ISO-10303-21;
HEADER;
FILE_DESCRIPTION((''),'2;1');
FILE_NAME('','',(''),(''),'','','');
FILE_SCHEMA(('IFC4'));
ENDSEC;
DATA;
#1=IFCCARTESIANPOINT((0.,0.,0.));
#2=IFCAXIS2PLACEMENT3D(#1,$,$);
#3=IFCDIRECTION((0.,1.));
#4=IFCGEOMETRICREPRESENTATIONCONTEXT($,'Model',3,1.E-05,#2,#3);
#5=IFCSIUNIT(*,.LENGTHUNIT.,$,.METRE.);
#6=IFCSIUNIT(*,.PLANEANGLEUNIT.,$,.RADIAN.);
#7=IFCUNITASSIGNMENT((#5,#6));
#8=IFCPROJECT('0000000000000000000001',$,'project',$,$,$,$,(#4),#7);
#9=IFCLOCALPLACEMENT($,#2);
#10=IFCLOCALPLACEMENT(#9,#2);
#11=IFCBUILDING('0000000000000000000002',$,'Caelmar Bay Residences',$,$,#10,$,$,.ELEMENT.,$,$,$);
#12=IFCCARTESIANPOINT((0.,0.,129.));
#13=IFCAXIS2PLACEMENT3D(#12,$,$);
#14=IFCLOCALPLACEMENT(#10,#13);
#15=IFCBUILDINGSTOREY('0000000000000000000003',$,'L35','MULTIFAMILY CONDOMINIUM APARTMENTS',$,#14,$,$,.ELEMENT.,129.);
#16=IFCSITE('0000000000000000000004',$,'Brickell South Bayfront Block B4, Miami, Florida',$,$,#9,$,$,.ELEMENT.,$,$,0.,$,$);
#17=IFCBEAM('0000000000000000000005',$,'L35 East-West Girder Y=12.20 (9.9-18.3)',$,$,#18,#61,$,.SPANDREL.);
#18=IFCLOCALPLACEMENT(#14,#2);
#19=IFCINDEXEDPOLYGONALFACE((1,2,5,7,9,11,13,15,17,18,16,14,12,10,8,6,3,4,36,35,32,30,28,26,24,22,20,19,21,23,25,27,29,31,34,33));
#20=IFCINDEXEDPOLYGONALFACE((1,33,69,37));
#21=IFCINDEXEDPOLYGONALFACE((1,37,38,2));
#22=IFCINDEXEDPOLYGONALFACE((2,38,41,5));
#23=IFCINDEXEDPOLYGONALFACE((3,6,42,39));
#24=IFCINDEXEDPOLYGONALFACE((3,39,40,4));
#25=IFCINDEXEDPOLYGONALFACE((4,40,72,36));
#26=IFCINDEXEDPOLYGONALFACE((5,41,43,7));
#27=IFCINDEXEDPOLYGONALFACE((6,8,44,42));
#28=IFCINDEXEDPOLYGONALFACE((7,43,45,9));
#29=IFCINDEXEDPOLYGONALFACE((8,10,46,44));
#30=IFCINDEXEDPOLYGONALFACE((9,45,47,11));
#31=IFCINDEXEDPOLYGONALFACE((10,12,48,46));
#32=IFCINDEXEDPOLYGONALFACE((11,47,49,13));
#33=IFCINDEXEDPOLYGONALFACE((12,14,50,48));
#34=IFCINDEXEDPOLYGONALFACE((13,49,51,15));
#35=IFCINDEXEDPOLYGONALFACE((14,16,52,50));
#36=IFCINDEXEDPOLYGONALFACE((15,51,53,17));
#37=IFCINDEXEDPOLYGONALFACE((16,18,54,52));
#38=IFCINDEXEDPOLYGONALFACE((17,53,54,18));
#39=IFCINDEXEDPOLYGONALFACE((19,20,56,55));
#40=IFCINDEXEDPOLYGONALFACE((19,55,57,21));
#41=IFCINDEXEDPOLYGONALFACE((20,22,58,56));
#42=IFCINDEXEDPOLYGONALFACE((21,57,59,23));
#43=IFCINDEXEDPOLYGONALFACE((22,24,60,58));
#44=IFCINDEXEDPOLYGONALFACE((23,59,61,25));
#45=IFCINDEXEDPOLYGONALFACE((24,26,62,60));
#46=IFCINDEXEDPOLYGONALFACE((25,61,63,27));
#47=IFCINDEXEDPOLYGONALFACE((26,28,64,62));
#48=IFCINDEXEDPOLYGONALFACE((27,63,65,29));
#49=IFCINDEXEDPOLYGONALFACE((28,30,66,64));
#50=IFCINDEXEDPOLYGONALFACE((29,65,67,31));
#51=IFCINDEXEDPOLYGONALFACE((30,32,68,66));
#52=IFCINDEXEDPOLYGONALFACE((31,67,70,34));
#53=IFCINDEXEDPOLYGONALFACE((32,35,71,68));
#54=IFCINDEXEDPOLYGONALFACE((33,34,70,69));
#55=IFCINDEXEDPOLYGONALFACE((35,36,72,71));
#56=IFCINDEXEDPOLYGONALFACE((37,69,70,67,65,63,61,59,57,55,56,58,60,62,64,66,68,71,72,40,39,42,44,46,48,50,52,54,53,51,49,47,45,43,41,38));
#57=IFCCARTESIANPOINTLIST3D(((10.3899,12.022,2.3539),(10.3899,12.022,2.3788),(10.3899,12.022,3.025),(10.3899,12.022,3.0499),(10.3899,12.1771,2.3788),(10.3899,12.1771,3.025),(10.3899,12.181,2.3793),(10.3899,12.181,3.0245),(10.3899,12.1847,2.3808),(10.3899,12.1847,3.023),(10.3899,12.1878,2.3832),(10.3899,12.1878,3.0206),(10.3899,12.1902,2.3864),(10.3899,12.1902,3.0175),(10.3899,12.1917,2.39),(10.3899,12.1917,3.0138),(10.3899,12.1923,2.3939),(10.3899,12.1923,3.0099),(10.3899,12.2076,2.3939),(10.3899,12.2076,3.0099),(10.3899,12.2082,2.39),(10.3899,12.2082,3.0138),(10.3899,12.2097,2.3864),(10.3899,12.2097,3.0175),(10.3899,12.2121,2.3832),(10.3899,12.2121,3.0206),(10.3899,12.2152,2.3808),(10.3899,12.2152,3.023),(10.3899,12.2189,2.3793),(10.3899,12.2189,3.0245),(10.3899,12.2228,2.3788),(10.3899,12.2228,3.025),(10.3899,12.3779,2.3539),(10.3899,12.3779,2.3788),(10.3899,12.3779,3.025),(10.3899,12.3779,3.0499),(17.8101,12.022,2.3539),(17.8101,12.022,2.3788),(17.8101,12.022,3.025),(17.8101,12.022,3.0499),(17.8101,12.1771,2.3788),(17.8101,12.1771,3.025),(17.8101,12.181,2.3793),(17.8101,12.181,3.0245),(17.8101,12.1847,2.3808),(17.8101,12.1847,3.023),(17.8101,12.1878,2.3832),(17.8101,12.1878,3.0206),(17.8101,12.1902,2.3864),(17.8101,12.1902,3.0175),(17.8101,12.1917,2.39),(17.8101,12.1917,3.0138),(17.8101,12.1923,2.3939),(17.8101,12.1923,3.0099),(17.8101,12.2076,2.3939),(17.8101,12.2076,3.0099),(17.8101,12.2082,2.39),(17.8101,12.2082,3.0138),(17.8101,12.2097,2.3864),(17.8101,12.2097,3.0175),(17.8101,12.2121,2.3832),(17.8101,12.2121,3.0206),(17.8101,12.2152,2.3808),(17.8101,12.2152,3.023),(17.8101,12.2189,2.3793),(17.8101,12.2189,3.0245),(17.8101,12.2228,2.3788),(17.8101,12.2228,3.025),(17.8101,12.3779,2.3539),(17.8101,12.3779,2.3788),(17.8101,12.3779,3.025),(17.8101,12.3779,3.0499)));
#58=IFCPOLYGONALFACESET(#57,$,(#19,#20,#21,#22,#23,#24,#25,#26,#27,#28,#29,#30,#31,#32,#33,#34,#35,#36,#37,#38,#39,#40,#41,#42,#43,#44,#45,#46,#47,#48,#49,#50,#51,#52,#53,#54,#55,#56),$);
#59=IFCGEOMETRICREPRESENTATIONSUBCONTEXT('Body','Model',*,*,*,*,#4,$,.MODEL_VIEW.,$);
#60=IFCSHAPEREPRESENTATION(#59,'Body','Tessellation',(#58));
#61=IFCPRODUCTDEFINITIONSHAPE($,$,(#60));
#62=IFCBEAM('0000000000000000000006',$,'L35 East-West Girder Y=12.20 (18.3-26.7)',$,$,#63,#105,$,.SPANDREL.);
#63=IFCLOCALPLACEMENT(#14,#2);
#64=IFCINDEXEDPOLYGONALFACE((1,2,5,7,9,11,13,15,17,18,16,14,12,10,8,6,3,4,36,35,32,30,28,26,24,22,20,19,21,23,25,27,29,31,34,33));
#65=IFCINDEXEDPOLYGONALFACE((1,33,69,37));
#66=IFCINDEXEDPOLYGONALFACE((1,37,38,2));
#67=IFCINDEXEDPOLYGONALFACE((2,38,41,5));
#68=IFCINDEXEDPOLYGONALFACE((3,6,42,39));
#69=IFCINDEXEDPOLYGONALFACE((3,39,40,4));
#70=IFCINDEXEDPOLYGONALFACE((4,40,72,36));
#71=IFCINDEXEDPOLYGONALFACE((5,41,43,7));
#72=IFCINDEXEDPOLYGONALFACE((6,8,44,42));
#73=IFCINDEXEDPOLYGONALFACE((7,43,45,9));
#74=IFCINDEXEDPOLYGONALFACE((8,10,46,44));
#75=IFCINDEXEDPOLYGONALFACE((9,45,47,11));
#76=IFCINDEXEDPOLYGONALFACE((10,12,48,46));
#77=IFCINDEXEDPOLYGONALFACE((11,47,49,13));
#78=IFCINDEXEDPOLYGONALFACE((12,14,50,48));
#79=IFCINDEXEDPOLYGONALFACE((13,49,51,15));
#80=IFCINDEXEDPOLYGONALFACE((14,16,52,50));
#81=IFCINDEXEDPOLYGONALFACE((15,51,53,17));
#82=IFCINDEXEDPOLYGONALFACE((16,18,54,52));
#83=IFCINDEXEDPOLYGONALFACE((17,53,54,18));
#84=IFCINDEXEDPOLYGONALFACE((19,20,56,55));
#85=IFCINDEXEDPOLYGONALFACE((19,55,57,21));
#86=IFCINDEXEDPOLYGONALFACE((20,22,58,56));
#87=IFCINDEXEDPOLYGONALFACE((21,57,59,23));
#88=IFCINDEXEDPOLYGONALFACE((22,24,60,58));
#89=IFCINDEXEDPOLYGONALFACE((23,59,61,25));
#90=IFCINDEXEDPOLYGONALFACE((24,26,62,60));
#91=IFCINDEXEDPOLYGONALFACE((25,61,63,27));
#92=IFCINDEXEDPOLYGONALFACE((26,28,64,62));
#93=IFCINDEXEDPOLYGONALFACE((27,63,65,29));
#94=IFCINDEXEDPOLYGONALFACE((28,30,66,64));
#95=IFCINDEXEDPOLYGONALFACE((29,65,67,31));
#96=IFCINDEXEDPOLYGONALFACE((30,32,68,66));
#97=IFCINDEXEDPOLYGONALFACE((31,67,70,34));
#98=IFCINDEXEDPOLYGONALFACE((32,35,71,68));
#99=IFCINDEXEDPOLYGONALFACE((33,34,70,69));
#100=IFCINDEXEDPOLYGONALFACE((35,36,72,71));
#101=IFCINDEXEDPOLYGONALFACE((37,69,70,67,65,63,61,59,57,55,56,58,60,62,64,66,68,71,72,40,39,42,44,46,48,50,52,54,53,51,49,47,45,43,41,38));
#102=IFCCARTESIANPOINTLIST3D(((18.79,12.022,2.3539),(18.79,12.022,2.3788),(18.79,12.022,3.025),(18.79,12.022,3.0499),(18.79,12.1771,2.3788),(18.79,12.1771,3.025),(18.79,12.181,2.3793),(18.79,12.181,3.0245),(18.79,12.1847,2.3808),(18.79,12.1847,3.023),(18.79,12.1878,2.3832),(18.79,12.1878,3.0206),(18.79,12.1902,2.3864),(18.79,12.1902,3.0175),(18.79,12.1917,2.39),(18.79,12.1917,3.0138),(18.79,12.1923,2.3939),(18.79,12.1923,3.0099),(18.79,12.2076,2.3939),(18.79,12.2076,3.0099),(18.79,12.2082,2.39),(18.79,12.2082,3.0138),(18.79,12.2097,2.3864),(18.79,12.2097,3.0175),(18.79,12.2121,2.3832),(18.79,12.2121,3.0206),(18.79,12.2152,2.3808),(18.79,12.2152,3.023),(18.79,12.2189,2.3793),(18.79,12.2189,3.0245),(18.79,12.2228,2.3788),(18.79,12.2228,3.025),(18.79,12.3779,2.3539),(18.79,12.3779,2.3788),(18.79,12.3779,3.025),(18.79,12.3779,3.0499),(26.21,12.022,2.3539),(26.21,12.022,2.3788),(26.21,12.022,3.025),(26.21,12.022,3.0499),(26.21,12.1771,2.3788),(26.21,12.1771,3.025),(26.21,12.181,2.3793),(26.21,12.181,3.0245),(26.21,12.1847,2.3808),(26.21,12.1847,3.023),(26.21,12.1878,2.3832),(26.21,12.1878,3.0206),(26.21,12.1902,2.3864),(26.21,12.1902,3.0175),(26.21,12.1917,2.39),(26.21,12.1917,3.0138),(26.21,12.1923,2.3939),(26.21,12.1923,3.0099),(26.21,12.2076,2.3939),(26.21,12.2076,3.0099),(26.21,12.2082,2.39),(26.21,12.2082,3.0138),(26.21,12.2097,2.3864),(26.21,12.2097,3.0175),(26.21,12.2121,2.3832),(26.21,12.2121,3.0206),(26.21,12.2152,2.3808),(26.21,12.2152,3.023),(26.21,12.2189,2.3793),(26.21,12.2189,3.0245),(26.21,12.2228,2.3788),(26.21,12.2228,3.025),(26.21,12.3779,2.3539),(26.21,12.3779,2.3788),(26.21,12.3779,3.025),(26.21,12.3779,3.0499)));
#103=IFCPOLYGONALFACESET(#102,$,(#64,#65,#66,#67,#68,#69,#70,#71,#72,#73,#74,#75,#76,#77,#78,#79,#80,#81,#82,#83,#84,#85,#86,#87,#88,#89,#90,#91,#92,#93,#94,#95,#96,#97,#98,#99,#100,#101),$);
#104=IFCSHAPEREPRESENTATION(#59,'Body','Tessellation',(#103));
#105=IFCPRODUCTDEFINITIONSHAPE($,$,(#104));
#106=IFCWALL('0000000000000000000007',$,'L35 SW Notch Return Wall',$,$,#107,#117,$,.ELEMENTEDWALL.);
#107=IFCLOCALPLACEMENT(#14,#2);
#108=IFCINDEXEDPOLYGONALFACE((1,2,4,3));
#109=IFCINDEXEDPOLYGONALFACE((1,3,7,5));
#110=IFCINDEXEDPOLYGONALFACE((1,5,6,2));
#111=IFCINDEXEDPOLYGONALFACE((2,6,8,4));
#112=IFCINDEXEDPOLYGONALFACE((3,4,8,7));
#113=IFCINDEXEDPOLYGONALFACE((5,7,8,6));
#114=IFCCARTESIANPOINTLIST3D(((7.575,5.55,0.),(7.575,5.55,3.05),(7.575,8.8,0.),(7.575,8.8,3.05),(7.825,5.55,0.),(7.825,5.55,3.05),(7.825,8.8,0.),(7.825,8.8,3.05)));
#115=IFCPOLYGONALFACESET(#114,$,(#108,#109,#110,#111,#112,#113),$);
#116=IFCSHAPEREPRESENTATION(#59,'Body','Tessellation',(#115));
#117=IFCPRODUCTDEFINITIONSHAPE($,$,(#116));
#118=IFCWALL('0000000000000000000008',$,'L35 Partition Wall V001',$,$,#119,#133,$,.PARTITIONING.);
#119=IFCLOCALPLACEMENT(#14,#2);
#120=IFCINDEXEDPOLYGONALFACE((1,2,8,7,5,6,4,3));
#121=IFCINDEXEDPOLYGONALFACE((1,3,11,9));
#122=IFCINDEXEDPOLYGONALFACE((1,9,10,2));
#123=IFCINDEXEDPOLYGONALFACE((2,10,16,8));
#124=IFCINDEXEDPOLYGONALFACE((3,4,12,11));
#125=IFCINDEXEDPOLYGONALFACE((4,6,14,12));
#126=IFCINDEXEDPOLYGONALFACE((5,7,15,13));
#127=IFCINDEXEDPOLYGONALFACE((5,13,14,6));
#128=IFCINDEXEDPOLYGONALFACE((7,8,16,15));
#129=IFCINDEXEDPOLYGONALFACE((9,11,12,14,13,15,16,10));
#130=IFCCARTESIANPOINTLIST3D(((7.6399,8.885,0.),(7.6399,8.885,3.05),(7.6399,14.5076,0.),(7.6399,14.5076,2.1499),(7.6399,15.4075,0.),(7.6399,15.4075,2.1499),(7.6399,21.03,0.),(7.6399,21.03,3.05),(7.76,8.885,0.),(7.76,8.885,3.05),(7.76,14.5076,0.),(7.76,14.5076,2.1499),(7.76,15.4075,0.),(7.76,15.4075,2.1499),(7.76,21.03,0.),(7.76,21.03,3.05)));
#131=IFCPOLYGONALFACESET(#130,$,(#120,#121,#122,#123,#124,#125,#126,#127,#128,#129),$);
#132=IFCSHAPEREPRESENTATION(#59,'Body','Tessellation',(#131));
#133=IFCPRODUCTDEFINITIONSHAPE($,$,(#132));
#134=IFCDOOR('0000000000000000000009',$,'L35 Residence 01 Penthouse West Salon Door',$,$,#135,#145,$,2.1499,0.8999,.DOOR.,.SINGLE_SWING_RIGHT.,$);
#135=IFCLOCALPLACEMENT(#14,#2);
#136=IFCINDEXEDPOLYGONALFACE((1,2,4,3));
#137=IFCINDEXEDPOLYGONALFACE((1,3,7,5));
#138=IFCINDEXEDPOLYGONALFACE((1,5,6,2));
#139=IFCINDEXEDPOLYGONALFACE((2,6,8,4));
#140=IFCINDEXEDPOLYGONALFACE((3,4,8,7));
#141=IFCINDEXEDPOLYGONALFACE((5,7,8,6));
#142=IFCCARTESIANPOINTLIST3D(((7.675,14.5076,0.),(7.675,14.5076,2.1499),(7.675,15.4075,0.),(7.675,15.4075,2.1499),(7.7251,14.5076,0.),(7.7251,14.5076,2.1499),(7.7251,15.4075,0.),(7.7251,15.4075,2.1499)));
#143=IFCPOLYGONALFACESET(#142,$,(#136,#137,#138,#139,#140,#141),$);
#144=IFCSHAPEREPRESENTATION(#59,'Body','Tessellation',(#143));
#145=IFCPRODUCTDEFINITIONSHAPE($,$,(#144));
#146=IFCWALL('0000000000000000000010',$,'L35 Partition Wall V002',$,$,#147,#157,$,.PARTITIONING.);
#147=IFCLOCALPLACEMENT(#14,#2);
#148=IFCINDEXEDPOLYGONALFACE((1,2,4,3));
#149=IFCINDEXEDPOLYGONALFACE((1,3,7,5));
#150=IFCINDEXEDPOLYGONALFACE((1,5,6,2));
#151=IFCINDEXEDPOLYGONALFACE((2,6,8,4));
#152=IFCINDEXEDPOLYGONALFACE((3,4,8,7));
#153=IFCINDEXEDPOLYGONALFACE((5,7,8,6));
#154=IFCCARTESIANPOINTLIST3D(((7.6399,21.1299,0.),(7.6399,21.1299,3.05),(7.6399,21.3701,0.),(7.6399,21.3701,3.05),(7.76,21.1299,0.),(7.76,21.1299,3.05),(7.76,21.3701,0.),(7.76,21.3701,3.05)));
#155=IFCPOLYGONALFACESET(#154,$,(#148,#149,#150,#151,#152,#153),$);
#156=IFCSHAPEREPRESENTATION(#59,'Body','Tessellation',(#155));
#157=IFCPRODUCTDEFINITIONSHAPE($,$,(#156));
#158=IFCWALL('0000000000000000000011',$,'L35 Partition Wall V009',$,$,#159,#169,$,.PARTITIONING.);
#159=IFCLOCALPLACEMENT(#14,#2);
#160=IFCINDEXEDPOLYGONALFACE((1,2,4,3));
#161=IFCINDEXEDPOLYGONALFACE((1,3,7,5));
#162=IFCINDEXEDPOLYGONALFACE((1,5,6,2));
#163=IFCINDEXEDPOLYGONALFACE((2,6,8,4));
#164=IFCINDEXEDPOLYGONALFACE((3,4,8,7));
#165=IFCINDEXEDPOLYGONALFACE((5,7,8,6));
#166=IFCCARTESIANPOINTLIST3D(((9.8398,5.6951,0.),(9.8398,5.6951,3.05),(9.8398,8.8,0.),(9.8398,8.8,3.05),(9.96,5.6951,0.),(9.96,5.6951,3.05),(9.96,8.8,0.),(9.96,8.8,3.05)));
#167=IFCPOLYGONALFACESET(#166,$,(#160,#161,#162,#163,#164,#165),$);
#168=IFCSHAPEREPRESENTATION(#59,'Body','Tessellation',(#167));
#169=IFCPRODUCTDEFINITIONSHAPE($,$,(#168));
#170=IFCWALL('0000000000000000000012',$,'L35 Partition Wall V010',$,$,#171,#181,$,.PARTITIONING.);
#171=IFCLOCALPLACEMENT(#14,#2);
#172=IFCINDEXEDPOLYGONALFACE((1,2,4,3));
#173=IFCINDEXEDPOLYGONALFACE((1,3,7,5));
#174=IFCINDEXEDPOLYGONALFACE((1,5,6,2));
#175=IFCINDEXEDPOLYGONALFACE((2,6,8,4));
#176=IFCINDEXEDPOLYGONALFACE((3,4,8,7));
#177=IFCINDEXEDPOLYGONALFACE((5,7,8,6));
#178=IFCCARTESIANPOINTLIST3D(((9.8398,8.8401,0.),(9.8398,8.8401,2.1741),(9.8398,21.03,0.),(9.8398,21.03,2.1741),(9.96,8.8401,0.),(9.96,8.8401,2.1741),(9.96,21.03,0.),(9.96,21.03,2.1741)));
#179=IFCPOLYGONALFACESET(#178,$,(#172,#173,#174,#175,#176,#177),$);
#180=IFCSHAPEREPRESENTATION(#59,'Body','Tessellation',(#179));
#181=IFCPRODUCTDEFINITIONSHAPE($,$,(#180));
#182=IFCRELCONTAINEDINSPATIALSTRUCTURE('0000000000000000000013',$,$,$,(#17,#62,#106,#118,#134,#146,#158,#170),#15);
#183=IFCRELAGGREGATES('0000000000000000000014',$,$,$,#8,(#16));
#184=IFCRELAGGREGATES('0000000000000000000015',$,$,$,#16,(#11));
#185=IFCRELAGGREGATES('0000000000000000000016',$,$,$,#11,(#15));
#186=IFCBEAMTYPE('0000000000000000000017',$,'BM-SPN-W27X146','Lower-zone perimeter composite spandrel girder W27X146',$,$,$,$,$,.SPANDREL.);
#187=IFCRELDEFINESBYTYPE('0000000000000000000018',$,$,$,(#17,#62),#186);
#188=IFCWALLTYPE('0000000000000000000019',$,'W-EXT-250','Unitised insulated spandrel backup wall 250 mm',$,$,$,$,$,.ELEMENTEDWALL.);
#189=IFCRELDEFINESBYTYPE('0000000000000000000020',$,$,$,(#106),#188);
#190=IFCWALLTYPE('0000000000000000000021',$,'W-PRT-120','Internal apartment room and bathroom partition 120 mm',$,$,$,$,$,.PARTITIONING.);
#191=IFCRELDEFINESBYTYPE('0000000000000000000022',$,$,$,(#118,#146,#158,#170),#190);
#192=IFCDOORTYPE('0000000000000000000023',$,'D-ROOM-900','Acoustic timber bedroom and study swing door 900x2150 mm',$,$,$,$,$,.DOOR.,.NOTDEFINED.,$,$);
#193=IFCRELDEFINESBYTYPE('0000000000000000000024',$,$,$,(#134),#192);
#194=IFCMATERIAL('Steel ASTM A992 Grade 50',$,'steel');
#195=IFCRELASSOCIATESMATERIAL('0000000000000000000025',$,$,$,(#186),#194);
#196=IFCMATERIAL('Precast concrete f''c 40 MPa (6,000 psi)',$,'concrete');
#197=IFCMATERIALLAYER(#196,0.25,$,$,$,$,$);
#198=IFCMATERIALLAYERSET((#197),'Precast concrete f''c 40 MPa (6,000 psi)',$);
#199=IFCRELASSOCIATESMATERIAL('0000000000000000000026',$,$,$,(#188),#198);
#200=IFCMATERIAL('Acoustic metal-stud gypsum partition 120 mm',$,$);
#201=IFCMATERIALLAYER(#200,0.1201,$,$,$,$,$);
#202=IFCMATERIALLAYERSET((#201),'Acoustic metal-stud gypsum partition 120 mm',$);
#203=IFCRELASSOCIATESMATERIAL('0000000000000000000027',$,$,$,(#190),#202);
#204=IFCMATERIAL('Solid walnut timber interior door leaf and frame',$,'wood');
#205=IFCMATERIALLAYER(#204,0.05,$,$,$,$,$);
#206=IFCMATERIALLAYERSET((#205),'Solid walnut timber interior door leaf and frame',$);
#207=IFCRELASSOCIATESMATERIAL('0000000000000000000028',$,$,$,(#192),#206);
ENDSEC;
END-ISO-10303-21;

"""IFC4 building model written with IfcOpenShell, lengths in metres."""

from ifc_helpers import new_model, si_unit, direction, frame, frame_2d, origin, origin_2d, place, context, subcontext, project, spatial, rectangle, i_section, extrude, material, layer, layer_set, material_profile, profile_set, type_object, element, fill, save


model = new_model("IFC4")

# Units and contexts
model_context = context("Model", 3, precision=1e-05, world=origin(), true_north=direction((0.0, 1.0)))
body_context = subcontext(model_context, "Body", "Model", "MODEL_VIEW")
ifc_project = project(units=[si_unit("LENGTHUNIT", "METRE"), si_unit("PLANEANGLEUNIT", "RADIAN")], contexts=[model_context])

# Site, building, storey
site_placement = place(None, origin())
site = spatial("IfcSite", under=ifc_project, at=site_placement, Name="Brickell South Bayfront Block B4, Miami, Florida", CompositionType="ELEMENT", RefElevation=0.0)
building_placement = place(site_placement, origin())
building = spatial("IfcBuilding", under=site, at=building_placement, Name="Caelmar Bay Residences", CompositionType="ELEMENT")
storey_placement = place(building_placement, frame((0.0, 0.0, 129.0)))
storey = spatial("IfcBuildingStorey", under=building, at=storey_placement, Name="L35", Description="MULTIFAMILY CONDOMINIUM APARTMENTS", CompositionType="ELEMENT", Elevation=129.0)

# Beams
ifc_material_1 = material(Name="Steel ASTM A992 Grade 50", Category="steel")
ifc_material_profile_1 = material_profile(ifc_material_1, i_section(OverallWidth=0.356, OverallDepth=0.696, WebThickness=0.0154, FlangeThickness=0.0249, FilletRadius=0.0151, at=origin_2d()), Name="W27X146")
ifc_profile_set_1 = profile_set([ifc_material_profile_1], Name="Steel ASTM A992 Grade 50")
beam_type_1 = type_object("IfcBeamType", Name="BM-SPN-W27X146", Description="Lower-zone perimeter composite spandrel girder W27X146", PredefinedType="SPANDREL", material=ifc_profile_set_1)
beam_1_placement = place(storey_placement, frame((10.3899, 12.2, 2.7019), z_axis=(1.0, 0.0, 0.0), x_axis=(0.0, 1.0, 0.0)))
element("IfcBeam", 1, at=beam_1_placement, inside=storey, type_object=beam_type_1, Name="L35 East-West Girder Y=12.20 (9.9-18.3)", PredefinedType="SPANDREL", context=body_context, shape_type="SweptSolid", body=[
    extrude(i_section(OverallWidth=0.356, OverallDepth=0.696, WebThickness=0.0154, FlangeThickness=0.0249, FilletRadius=0.0151, at=origin_2d()), origin(), (0.0, 0.0, 1.0), 7.4202),
])
beam_2_placement = place(storey_placement, frame((18.79, 12.2, 2.7019), z_axis=(1.0, 0.0, 0.0), x_axis=(0.0, 1.0, 0.0)))
element("IfcBeam", 2, at=beam_2_placement, inside=storey, type_object=beam_type_1, Name="L35 East-West Girder Y=12.20 (18.3-26.7)", PredefinedType="SPANDREL", context=body_context, shape_type="SweptSolid", body=[
    extrude(i_section(OverallWidth=0.356, OverallDepth=0.696, WebThickness=0.0154, FlangeThickness=0.0249, FilletRadius=0.0151, at=origin_2d()), origin(), (0.0, 0.0, 1.0), 7.4199),
])

# Wall
ifc_material_2 = material(Name="Precast concrete f'c 40 MPa (6,000 psi)", Category="concrete")
ifc_layer_1 = layer(ifc_material_2, 0.25)
ifc_layer_set_1 = layer_set([ifc_layer_1], Name="Precast concrete f'c 40 MPa (6,000 psi)")
wall_type_1 = type_object("IfcWallType", Name="W-EXT-250", Description="Unitised insulated spandrel backup wall 250 mm", PredefinedType="ELEMENTEDWALL", material=ifc_layer_set_1)
wall_1_placement = place(storey_placement, frame((7.7, 8.8, 0.0), z_axis=(0.0, 0.0, 1.0), x_axis=(0.0, -1.0, 0.0)))
element("IfcWall", 3, at=wall_1_placement, inside=storey, type_object=wall_type_1, Name="L35 SW Notch Return Wall", PredefinedType="ELEMENTEDWALL", context=body_context, shape_type="SweptSolid", body=[
    extrude(rectangle(XDim=3.25, YDim=0.25, at=frame_2d((1.625, 0.0))), origin(), (0.0, 0.0, 1.0), 3.05),
])

# Wall, opening, door
ifc_material_3 = material(Name="Acoustic metal-stud gypsum partition 120 mm")
ifc_layer_2 = layer(ifc_material_3, 0.1201)
ifc_layer_set_2 = layer_set([ifc_layer_2], Name="Acoustic metal-stud gypsum partition 120 mm")
wall_type_2 = type_object("IfcWallType", Name="W-PRT-120", Description="Internal apartment room and bathroom partition 120 mm", PredefinedType="PARTITIONING", material=ifc_layer_set_2)
wall_2_placement = place(storey_placement, frame((7.7, 8.885, 0.0), z_axis=(0.0, 0.0, 1.0), x_axis=(0.0, 1.0, 0.0)))
wall_2 = element("IfcWall", 4, at=wall_2_placement, inside=storey, type_object=wall_type_2, Name="L35 Partition Wall V001", PredefinedType="PARTITIONING", context=body_context, shape_type="SweptSolid", body=[
    extrude(rectangle(XDim=12.145, YDim=0.1201, at=frame_2d((6.0725, 0.0))), origin(), (0.0, 0.0, 1.0), 3.05),
])
opening_1_placement = place(wall_2_placement, frame((5.6226, 0.0, 0.0)))
opening_1 = element("IfcOpeningElement", 5, at=opening_1_placement, cuts=wall_2, PredefinedType="OPENING", context=body_context, shape_type="SweptSolid", body=[
    extrude(rectangle(XDim=0.8999, YDim=2.1499, at=frame_2d((0.45, 1.075))), frame((0.0, 0.0701, 0.0), z_axis=(0.0, -1.0, 0.0), x_axis=(1.0, 0.0, 0.0)), (0.0, 0.0, 1.0), 0.1401),
])
ifc_material_4 = material(Name="Solid walnut timber interior door leaf and frame", Category="wood")
ifc_layer_3 = layer(ifc_material_4, 0.05)
ifc_layer_set_3 = layer_set([ifc_layer_3], Name="Solid walnut timber interior door leaf and frame")
door_type = type_object("IfcDoorType", Name="D-ROOM-900", Description="Acoustic timber bedroom and study swing door 900x2150 mm", OperationType="NOTDEFINED", PredefinedType="DOOR", material=ifc_layer_set_3)
door_1_placement = place(opening_1_placement, origin())
door_1 = element("IfcDoor", 6, at=door_1_placement, inside=storey, type_object=door_type, Name="L35 Residence 01 Penthouse West Salon Door", OperationType="SINGLE_SWING_RIGHT", OverallHeight=2.1499, OverallWidth=0.8999, PredefinedType="DOOR", context=body_context, shape_type="SweptSolid", body=[
    extrude(rectangle(XDim=0.8999, YDim=2.1499, at=frame_2d((0.45, 1.075))), frame((0.0, 0.0249, 0.0), z_axis=(0.0, -1.0, 0.0), x_axis=(1.0, 0.0, 0.0)), (0.0, 0.0, 1.0), 0.05),
])
fill(opening_1, door_1)

# Walls
wall_3_placement = place(storey_placement, frame((7.7, 21.1299, 0.0), z_axis=(0.0, 0.0, 1.0), x_axis=(0.0, 1.0, 0.0)))
element("IfcWall", 7, at=wall_3_placement, inside=storey, type_object=wall_type_2, Name="L35 Partition Wall V002", PredefinedType="PARTITIONING", context=body_context, shape_type="SweptSolid", body=[
    extrude(rectangle(XDim=0.2402, YDim=0.1201, at=frame_2d((0.1201, 0.0))), origin(), (0.0, 0.0, 1.0), 3.05),
])
wall_4_placement = place(storey_placement, frame((9.8999, 5.6951, 0.0), z_axis=(0.0, 0.0, 1.0), x_axis=(0.0, 1.0, 0.0)))
element("IfcWall", 8, at=wall_4_placement, inside=storey, type_object=wall_type_2, Name="L35 Partition Wall V009", PredefinedType="PARTITIONING", context=body_context, shape_type="SweptSolid", body=[
    extrude(rectangle(XDim=3.105, YDim=0.1201, at=frame_2d((1.5525, 0.0))), origin(), (0.0, 0.0, 1.0), 3.05),
])
wall_5_placement = place(storey_placement, frame((9.8999, 8.8401, 0.0), z_axis=(0.0, 0.0, 1.0), x_axis=(0.0, 1.0, 0.0)))
element("IfcWall", 9, at=wall_5_placement, inside=storey, type_object=wall_type_2, Name="L35 Partition Wall V010", PredefinedType="PARTITIONING", context=body_context, shape_type="SweptSolid", body=[
    extrude(rectangle(XDim=12.1899, YDim=0.1201, at=frame_2d((6.095, 0.0))), origin(), (0.0, 0.0, 1.0), 2.1741),
])

save(model, "model.ifc")
